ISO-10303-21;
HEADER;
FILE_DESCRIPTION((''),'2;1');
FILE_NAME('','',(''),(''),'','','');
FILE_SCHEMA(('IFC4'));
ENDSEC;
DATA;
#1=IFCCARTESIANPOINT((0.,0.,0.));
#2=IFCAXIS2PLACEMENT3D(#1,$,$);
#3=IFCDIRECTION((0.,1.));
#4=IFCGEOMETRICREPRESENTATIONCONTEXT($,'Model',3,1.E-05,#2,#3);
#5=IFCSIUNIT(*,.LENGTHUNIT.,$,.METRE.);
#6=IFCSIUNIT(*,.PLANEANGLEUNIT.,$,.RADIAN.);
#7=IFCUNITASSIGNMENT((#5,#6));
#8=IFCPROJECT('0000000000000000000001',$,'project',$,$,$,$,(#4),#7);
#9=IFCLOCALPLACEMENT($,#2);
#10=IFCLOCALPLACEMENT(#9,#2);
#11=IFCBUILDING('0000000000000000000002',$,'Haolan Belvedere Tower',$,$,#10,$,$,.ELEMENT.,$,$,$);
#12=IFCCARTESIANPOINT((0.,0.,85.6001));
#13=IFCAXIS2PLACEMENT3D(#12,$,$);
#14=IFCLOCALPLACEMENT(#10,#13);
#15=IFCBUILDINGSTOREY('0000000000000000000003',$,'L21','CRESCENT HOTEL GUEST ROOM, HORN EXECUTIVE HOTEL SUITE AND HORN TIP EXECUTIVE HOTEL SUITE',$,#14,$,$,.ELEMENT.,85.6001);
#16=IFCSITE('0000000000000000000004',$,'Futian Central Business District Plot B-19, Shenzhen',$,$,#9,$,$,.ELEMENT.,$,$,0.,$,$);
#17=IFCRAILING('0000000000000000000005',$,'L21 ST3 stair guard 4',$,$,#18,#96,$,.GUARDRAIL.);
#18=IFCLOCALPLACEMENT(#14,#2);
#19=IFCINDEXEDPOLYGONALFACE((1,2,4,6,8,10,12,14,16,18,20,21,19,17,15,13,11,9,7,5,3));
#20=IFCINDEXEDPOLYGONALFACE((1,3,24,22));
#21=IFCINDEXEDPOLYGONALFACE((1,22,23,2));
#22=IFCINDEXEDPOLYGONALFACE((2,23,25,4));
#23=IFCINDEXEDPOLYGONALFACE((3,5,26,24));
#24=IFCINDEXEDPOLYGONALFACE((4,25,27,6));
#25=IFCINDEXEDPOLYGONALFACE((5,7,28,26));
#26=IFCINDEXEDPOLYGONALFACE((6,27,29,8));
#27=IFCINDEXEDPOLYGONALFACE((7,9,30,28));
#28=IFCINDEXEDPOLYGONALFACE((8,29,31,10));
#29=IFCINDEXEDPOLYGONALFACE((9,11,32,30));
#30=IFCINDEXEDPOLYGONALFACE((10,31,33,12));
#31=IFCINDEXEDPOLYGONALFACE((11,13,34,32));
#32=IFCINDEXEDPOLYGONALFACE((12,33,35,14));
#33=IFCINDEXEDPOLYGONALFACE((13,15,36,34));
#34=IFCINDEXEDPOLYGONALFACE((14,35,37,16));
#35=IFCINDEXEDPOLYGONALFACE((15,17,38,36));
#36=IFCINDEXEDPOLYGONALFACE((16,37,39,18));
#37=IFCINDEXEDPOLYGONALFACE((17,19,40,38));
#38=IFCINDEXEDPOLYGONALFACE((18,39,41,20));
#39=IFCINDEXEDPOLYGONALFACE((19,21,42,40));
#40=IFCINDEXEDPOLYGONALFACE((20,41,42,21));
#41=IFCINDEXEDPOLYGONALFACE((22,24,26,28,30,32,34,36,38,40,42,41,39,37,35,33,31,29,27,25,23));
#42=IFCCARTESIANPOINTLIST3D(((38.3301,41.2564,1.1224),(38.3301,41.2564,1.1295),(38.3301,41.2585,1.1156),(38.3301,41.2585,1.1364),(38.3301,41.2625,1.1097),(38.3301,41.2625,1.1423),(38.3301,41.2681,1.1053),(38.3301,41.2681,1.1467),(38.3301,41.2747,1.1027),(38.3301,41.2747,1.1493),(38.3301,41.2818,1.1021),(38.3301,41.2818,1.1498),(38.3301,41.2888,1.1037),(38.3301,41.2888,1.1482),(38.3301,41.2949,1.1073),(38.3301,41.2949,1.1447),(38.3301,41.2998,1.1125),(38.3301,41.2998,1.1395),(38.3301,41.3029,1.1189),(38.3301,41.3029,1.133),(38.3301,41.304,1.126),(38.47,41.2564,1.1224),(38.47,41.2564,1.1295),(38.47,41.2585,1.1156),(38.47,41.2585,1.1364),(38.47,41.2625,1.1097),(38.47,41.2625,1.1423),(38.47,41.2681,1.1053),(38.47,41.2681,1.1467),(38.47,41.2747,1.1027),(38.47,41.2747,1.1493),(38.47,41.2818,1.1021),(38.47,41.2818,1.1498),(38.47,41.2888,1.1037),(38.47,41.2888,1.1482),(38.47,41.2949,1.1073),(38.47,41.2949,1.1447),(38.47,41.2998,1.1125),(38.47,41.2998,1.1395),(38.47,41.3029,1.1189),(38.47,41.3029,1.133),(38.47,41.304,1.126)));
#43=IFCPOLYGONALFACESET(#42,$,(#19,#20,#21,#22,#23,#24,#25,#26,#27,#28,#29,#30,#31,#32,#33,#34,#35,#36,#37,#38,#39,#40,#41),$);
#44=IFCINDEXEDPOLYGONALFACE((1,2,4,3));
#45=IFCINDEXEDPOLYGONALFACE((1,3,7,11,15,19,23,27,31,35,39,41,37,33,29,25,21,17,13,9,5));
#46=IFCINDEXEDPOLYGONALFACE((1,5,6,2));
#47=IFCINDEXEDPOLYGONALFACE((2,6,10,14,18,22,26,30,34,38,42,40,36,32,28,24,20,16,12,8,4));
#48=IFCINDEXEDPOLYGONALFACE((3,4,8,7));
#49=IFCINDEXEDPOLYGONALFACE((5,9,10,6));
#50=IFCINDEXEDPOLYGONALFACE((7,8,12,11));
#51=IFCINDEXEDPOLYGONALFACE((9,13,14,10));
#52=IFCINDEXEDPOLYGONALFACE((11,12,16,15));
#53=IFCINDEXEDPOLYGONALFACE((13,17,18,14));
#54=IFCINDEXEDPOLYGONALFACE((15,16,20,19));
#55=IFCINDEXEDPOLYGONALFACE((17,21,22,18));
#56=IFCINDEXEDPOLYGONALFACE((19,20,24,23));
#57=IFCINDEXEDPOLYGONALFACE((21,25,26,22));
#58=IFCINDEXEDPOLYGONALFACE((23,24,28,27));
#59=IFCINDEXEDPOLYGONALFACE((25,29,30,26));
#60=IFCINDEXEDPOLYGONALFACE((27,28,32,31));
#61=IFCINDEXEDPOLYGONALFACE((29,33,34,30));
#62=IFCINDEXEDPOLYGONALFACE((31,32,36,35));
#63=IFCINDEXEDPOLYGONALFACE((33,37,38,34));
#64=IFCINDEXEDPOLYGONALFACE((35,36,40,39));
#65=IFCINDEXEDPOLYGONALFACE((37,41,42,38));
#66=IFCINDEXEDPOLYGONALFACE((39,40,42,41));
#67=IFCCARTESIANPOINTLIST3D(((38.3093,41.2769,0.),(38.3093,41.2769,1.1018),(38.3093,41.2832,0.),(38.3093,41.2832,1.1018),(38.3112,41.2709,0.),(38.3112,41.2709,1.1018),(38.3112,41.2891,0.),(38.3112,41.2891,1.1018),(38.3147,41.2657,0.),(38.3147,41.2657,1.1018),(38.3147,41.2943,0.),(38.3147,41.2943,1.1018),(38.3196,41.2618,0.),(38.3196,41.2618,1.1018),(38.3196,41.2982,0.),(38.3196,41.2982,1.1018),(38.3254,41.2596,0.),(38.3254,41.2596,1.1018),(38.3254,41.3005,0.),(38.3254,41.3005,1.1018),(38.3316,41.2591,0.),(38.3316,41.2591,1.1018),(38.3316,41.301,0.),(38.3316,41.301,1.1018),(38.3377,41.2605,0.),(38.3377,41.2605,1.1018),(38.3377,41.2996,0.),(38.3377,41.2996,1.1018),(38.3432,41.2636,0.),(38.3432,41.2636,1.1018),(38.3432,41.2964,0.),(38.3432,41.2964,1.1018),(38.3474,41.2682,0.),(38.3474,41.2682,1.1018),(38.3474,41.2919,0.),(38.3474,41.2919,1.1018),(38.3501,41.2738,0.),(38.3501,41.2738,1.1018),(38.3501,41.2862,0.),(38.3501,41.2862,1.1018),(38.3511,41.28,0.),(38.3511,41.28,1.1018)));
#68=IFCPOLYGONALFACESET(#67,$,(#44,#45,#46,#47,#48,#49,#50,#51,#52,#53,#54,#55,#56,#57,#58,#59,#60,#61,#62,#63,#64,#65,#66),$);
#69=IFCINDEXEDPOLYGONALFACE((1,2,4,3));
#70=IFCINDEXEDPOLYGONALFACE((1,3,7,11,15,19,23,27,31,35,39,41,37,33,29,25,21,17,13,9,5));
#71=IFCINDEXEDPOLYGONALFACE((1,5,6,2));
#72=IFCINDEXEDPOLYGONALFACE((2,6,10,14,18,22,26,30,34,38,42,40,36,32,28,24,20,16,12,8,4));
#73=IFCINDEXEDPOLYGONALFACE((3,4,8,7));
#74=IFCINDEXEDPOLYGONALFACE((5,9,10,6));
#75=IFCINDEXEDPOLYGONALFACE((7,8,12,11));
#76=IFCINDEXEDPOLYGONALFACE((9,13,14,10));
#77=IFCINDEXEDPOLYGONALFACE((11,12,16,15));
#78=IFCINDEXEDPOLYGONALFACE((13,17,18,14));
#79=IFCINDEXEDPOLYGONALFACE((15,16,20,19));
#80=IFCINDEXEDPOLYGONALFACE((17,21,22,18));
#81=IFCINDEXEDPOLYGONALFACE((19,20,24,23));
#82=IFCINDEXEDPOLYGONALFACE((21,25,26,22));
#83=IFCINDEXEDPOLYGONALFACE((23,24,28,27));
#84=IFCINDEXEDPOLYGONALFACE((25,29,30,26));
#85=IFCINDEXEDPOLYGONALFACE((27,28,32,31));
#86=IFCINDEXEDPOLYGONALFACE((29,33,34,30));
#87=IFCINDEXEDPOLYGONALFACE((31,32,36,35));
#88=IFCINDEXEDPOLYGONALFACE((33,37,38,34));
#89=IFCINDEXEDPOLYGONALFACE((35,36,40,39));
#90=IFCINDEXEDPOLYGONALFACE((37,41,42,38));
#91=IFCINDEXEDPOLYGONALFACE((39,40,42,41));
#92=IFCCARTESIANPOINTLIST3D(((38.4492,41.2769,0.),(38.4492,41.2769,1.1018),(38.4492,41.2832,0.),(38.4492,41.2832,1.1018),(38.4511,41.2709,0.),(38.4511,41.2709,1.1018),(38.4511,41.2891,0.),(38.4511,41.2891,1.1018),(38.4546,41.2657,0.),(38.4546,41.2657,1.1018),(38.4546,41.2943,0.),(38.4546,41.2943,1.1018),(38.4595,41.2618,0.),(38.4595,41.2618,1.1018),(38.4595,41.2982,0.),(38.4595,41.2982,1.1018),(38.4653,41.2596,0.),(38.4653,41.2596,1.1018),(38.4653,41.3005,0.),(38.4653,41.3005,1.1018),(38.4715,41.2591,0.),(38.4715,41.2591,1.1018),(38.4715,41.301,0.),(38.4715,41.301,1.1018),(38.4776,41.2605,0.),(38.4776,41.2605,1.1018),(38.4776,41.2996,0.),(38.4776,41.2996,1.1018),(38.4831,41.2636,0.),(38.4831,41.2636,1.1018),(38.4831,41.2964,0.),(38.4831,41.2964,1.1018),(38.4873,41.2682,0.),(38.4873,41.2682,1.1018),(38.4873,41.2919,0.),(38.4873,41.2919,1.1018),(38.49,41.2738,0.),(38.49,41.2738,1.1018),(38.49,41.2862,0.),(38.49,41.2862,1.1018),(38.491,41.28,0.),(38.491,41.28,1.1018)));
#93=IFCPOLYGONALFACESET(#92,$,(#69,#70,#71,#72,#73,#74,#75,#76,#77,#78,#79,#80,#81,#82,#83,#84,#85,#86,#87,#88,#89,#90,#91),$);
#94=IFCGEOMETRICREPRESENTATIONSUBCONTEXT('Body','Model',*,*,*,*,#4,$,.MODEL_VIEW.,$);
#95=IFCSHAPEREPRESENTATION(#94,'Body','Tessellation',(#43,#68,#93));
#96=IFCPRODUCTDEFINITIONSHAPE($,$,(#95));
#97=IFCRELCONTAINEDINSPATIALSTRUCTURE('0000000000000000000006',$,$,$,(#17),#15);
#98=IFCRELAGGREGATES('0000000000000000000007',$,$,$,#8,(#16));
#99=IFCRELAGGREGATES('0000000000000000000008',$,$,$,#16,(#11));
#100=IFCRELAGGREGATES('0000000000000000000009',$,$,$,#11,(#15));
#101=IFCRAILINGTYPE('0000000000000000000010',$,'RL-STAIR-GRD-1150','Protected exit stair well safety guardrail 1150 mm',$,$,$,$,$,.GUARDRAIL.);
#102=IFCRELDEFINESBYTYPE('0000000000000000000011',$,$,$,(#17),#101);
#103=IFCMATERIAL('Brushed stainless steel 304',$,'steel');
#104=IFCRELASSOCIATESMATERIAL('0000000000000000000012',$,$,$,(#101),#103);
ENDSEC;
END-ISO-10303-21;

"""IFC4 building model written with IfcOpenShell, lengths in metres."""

from ifc_helpers import new_model, si_unit, direction, frame, origin, origin_2d, place, context, subcontext, project, spatial, circle, extrude, material, type_object, element, save


model = new_model("IFC4")

# Units and contexts
model_context = context("Model", 3, precision=1e-05, world=origin(), true_north=direction((0.0, 1.0)))
body_context = subcontext(model_context, "Body", "Model", "MODEL_VIEW")
ifc_project = project(units=[si_unit("LENGTHUNIT", "METRE"), si_unit("PLANEANGLEUNIT", "RADIAN")], contexts=[model_context])

# Site, building, storey
site_placement = place(None, origin())
site = spatial("IfcSite", under=ifc_project, at=site_placement, Name="Futian Central Business District Plot B-19, Shenzhen", CompositionType="ELEMENT", RefElevation=0.0)
building_placement = place(site_placement, origin())
building = spatial("IfcBuilding", under=site, at=building_placement, Name="Haolan Belvedere Tower", CompositionType="ELEMENT")
storey_placement = place(building_placement, frame((0.0, 0.0, 85.6001)))
storey = spatial("IfcBuildingStorey", under=building, at=storey_placement, Name="L21", Description="CRESCENT HOTEL GUEST ROOM, HORN EXECUTIVE HOTEL SUITE AND HORN TIP EXECUTIVE HOTEL SUITE", CompositionType="ELEMENT", Elevation=85.6001)

# Railing
ifc_material_1 = material(Name="Brushed stainless steel 304", Category="steel")
railing_type_1 = type_object("IfcRailingType", Name="RL-STAIR-GRD-1150", Description="Protected exit stair well safety guardrail 1150 mm", PredefinedType="GUARDRAIL", material=ifc_material_1)
railing_1_placement = place(storey_placement, frame((38.3301, 41.28, 0.0)))
element("IfcRailing", 1, at=railing_1_placement, inside=storey, type_object=railing_type_1, Name="L21 ST3 stair guard 4", PredefinedType="GUARDRAIL", context=body_context, shape_type="SweptSolid", body=[
    extrude(circle(Radius=0.0239, at=origin_2d()), frame((0.0, 0.0, 1.126), z_axis=(1.0, 0.0, 0.0), x_axis=(0.0, 1.0, 0.0)), (0.0, 0.0, 1.0), 0.1399),
    extrude(circle(Radius=0.021, at=origin_2d()), origin(), (0.0, 0.0, 1.0), 1.1018),
    extrude(circle(Radius=0.021, at=origin_2d()), frame((0.1399, 0.0, 0.0)), (0.0, 0.0, 1.0), 1.1018),
])

save(model, "model.ifc")
